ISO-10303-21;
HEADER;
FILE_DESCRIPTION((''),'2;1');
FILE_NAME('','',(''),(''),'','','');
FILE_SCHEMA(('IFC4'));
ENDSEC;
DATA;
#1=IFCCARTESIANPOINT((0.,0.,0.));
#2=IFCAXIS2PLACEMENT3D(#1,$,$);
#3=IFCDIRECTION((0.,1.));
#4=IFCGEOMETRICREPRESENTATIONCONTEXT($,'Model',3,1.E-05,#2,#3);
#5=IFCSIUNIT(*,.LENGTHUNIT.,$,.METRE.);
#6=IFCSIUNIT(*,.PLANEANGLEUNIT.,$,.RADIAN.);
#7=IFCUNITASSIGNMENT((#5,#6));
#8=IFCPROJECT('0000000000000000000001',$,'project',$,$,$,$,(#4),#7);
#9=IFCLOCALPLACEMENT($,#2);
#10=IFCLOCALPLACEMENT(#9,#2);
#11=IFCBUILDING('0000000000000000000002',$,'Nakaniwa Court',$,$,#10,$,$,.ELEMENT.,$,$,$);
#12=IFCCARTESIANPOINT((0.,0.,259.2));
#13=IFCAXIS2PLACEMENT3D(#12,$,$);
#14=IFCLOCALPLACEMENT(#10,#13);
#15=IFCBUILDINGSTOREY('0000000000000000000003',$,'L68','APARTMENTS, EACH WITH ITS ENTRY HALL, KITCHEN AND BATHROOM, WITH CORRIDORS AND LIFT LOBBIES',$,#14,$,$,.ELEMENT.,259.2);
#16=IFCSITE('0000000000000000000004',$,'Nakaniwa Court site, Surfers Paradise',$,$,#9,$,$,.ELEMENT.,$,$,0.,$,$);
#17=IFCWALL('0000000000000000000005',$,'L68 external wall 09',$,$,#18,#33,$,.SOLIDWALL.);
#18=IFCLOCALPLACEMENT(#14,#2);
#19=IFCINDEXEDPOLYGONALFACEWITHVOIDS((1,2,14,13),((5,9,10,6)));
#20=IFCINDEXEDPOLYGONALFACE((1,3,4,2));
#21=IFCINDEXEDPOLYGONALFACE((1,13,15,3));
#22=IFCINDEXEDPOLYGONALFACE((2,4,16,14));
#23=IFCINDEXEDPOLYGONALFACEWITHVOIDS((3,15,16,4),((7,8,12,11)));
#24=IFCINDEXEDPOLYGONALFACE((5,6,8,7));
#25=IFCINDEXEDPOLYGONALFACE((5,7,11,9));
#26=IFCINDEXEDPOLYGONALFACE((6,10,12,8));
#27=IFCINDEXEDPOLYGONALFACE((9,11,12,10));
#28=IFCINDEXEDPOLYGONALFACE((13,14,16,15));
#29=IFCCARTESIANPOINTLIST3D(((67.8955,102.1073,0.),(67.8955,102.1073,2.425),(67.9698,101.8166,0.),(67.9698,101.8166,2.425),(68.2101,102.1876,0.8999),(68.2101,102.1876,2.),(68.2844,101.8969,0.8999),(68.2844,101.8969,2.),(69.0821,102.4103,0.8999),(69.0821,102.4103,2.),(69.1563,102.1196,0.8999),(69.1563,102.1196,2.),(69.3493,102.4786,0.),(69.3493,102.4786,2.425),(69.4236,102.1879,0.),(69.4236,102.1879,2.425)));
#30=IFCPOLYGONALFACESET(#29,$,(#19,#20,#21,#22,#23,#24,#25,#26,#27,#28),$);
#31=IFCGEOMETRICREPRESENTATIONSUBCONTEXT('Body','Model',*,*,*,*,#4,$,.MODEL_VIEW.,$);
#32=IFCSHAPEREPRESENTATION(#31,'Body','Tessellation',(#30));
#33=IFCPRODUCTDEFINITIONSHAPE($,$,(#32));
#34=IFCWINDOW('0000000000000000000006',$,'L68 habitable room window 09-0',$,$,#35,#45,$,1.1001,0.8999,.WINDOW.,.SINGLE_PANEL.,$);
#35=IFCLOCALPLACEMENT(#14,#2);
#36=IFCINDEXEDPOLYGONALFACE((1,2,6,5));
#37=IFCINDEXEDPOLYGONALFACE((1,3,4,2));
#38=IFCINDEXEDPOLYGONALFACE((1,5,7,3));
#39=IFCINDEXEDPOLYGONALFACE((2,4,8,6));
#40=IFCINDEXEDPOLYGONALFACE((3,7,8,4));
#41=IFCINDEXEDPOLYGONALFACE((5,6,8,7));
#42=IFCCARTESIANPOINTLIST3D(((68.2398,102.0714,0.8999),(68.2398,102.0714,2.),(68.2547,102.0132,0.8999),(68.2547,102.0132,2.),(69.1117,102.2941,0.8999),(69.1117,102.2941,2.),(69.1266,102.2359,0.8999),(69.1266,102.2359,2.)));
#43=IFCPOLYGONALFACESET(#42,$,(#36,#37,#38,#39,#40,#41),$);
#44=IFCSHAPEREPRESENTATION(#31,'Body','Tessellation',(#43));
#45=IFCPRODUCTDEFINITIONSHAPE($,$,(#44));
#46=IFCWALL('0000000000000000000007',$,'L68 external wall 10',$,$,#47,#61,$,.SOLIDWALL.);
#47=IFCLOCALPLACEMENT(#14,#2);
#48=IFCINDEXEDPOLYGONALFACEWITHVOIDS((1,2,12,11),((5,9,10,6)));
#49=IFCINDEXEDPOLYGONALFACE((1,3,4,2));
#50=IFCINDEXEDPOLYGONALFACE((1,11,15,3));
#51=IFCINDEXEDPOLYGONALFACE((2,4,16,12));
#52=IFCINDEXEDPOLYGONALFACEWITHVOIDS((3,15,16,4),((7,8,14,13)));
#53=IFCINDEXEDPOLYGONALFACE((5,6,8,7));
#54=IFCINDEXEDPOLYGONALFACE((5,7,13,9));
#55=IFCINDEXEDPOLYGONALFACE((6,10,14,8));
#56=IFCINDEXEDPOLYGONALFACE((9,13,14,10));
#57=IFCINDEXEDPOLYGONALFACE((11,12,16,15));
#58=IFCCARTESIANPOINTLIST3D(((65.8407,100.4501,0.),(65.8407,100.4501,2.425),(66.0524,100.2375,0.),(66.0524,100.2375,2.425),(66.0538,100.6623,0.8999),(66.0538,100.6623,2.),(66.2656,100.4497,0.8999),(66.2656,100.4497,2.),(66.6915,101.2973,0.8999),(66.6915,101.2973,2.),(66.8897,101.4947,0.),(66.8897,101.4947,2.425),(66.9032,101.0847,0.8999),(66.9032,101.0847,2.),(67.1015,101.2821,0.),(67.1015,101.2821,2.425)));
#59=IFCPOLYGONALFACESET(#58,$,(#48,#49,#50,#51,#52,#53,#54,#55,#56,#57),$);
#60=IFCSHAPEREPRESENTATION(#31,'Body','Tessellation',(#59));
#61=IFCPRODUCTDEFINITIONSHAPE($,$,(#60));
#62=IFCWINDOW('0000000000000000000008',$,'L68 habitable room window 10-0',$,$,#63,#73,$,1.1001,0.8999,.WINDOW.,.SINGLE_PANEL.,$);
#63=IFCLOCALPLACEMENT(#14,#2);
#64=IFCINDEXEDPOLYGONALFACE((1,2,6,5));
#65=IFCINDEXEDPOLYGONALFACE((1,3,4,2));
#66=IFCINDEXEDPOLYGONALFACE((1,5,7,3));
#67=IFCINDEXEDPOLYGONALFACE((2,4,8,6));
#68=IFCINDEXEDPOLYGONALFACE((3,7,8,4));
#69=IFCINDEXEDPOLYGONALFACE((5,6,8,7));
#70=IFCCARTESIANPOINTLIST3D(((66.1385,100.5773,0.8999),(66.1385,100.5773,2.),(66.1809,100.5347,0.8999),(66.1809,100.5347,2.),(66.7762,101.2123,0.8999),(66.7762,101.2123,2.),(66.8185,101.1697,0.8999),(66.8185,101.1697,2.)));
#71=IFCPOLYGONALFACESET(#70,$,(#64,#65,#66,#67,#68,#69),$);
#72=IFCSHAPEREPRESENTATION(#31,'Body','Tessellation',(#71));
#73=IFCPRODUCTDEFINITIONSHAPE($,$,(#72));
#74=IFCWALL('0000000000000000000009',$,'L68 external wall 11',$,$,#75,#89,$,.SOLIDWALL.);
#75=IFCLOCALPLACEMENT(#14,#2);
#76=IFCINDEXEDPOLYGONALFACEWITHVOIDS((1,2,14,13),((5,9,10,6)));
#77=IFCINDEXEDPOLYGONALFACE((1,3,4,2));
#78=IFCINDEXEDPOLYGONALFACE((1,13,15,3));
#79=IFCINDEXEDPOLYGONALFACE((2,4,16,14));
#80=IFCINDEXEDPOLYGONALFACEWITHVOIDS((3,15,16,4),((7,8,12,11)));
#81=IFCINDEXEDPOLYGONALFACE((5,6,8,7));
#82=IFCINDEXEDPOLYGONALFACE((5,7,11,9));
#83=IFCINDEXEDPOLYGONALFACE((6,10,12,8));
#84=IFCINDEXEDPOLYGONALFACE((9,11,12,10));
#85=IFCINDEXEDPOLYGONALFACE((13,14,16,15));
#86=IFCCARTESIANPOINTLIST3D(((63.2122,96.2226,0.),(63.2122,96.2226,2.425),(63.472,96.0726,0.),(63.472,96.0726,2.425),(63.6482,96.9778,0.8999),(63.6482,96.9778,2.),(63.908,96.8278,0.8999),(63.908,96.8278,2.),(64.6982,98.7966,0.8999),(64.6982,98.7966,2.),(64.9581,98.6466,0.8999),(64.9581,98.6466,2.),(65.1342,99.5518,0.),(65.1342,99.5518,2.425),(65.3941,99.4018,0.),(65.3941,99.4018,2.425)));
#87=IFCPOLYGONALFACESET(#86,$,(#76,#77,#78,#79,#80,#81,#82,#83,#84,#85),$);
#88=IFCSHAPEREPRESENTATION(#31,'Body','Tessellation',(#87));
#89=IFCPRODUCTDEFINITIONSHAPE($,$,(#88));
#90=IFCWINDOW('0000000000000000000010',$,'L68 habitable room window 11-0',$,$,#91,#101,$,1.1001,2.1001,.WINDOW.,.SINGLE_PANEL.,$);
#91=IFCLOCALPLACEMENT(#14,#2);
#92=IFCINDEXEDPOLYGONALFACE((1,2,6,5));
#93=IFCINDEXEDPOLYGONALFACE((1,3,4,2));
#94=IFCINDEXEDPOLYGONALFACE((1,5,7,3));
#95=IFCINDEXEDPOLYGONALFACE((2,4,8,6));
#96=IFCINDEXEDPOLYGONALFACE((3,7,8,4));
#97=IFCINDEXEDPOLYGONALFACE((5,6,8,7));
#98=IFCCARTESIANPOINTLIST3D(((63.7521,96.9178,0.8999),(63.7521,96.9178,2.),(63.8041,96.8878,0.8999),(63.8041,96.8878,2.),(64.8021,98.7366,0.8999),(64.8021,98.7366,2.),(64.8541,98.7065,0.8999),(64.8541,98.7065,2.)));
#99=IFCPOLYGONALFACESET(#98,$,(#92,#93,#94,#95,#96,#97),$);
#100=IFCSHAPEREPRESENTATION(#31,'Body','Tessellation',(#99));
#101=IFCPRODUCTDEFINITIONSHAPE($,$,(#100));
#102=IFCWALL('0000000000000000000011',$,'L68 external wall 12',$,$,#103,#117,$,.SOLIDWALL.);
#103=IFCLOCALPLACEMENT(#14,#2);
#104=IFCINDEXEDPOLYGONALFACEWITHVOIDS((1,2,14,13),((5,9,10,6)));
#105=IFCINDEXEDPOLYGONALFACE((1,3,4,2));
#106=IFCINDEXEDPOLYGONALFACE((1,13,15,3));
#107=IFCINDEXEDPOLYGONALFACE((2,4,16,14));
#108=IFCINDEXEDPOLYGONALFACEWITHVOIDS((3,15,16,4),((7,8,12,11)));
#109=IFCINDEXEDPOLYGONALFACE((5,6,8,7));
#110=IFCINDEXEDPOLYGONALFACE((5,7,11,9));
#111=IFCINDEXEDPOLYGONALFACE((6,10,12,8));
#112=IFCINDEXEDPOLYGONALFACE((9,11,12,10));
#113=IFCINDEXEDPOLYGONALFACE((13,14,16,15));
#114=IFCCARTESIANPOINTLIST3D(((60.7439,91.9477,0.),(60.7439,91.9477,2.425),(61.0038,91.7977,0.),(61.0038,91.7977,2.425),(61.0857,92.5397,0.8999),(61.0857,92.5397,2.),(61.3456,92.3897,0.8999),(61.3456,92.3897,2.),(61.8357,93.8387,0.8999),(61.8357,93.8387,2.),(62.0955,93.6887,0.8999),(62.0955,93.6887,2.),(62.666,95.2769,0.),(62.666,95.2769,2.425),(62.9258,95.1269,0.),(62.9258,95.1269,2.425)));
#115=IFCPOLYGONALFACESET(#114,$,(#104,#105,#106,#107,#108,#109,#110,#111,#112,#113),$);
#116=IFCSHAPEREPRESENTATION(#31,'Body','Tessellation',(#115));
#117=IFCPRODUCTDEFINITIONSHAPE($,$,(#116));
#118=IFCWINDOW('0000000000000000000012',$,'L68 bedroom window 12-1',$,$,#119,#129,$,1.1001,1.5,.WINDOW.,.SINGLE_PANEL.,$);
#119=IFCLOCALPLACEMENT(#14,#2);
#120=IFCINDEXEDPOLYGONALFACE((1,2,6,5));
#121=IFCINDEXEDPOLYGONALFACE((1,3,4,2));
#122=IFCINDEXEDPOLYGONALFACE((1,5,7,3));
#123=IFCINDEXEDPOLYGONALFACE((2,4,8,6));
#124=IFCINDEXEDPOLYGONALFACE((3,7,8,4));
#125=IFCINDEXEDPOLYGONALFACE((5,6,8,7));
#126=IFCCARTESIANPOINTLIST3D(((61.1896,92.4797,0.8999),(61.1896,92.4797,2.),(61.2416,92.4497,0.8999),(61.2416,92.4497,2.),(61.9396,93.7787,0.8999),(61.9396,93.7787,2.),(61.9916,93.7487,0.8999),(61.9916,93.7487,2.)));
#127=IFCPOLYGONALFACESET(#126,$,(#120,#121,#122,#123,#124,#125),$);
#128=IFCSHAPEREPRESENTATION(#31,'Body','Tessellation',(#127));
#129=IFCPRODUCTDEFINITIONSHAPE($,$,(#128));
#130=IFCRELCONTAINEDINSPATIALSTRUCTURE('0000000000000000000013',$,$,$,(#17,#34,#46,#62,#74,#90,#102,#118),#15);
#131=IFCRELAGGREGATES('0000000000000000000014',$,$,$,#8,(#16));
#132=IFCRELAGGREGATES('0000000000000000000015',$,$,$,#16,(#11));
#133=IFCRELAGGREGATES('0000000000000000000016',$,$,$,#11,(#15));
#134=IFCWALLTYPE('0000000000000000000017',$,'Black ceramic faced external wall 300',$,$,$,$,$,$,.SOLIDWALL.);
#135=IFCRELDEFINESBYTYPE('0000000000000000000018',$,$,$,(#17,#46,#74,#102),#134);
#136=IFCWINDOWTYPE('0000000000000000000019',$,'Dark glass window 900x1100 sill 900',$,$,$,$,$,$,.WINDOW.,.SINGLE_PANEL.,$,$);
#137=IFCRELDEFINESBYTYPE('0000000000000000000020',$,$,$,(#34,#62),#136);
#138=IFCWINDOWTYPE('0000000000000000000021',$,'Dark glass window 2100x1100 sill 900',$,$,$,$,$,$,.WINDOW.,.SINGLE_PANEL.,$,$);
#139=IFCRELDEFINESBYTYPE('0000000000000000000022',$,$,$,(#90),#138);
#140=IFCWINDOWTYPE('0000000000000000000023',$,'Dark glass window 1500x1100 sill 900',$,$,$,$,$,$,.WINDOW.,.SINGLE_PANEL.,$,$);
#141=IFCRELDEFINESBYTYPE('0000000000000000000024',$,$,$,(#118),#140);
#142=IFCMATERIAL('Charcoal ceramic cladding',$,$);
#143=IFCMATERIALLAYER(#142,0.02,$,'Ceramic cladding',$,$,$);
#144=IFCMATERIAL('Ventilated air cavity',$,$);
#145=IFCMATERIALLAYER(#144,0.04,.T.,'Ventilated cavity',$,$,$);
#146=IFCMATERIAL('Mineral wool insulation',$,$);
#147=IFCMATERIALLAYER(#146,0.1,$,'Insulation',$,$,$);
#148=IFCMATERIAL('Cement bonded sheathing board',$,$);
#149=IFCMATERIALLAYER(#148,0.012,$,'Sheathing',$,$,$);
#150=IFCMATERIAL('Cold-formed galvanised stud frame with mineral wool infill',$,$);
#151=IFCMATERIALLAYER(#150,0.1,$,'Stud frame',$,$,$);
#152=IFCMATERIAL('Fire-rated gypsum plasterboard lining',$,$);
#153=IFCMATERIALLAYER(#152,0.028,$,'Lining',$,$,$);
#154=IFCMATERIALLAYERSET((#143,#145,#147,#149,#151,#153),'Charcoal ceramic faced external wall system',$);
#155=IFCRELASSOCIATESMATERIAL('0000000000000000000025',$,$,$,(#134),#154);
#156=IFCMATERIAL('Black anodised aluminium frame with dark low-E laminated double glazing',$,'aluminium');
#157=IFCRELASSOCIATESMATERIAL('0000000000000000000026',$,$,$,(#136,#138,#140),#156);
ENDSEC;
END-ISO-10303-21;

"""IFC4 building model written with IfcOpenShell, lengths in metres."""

from ifc_helpers import new_model, si_unit, direction, frame, frame_2d, origin, place, context, subcontext, project, spatial, rectangle, extrude, material, layer, layer_set, type_object, element, fill, save


model = new_model("IFC4")

# Units and contexts
model_context = context("Model", 3, precision=1e-05, world=origin(), true_north=direction((0.0, 1.0)))
body_context = subcontext(model_context, "Body", "Model", "MODEL_VIEW")
ifc_project = project(units=[si_unit("LENGTHUNIT", "METRE"), si_unit("PLANEANGLEUNIT", "RADIAN")], contexts=[model_context])

# Site, building, storey
site_placement = place(None, origin())
site = spatial("IfcSite", under=ifc_project, at=site_placement, Name="Nakaniwa Court site, Surfers Paradise", CompositionType="ELEMENT", RefElevation=0.0)
building_placement = place(site_placement, origin())
building = spatial("IfcBuilding", under=site, at=building_placement, Name="Nakaniwa Court", CompositionType="ELEMENT")
storey_placement = place(building_placement, frame((0.0, 0.0, 259.2)))
storey = spatial("IfcBuildingStorey", under=building, at=storey_placement, Name="L68", Description="APARTMENTS, EACH WITH ITS ENTRY HALL, KITCHEN AND BATHROOM, WITH CORRIDORS AND LIFT LOBBIES", CompositionType="ELEMENT", Elevation=259.2)

# Walls, openings, windows
ifc_material_1 = material(Name="Charcoal ceramic cladding")
ifc_layer_1 = layer(ifc_material_1, 0.02, Name="Ceramic cladding")
ifc_material_2 = material(Name="Ventilated air cavity")
ifc_layer_2 = layer(ifc_material_2, 0.04, ventilated=True, Name="Ventilated cavity")
ifc_material_3 = material(Name="Mineral wool insulation")
ifc_layer_3 = layer(ifc_material_3, 0.1, Name="Insulation")
ifc_material_4 = material(Name="Cement bonded sheathing board")
ifc_layer_4 = layer(ifc_material_4, 0.012, Name="Sheathing")
ifc_material_5 = material(Name="Cold-formed galvanised stud frame with mineral wool infill")
ifc_layer_5 = layer(ifc_material_5, 0.1, Name="Stud frame")
ifc_material_6 = material(Name="Fire-rated gypsum plasterboard lining")
ifc_layer_6 = layer(ifc_material_6, 0.028, Name="Lining")
ifc_layer_set_1 = layer_set([ifc_layer_1, ifc_layer_2, ifc_layer_3, ifc_layer_4, ifc_layer_5, ifc_layer_6], Name="Charcoal ceramic faced external wall system")
wall_type_1 = type_object("IfcWallType", Name="Black ceramic faced external wall 300", PredefinedType="SOLIDWALL", material=ifc_layer_set_1)
wall_1_placement = place(storey_placement, frame((69.3865, 102.3333, 0.0), z_axis=(0.0, 0.0, 1.0), x_axis=(-0.968895, -0.247471, 0.0)))
wall_1 = element("IfcWall", 1, at=wall_1_placement, inside=storey, type_object=wall_type_1, Name="L68 external wall 09", PredefinedType="SOLIDWALL", context=body_context, shape_type="SweptSolid", body=[
    extrude(rectangle(XDim=1.5005, YDim=0.3, at=frame_2d((0.7502, 0.0))), origin(), (0.0, 0.0, 1.0), 2.425),
])
opening_1_placement = place(wall_1_placement, frame((0.2759, 0.0, 0.8999)))
opening_1 = element("IfcOpeningElement", 2, at=opening_1_placement, cuts=wall_1, PredefinedType="OPENING", context=body_context, shape_type="SweptSolid", body=[
    extrude(rectangle(XDim=0.8999, YDim=1.1001, at=frame_2d((0.45, 0.55))), frame((0.0, 0.1599, 0.0), z_axis=(0.0, -1.0, 0.0), x_axis=(1.0, 0.0, 0.0)), (0.0, 0.0, 1.0), 0.3201),
])
ifc_material_7 = material(Name="Black anodised aluminium frame with dark low-E laminated double glazing", Category="aluminium")
window_type_1 = type_object("IfcWindowType", Name="Dark glass window 900x1100 sill 900", PartitioningType="SINGLE_PANEL", PredefinedType="WINDOW", material=ifc_material_7)
window_1_placement = place(opening_1_placement, origin())
window_1 = element("IfcWindow", 3, at=window_1_placement, inside=storey, type_object=window_type_1, Name="L68 habitable room window 09-0", OverallHeight=1.1001, OverallWidth=0.8999, PartitioningType="SINGLE_PANEL", PredefinedType="WINDOW", context=body_context, shape_type="SweptSolid", body=[
    extrude(rectangle(XDim=0.8999, YDim=1.1001, at=frame_2d((0.45, 0.55))), frame((0.0, 0.03, 0.0), z_axis=(0.0, -1.0, 0.0), x_axis=(1.0, 0.0, 0.0)), (0.0, 0.0, 1.0), 0.0601),
])
fill(opening_1, window_1)
wall_2_placement = place(storey_placement, frame((66.9956, 101.3884, 0.0), z_axis=(0.0, 0.0, 1.0), x_axis=(-0.708589, -0.705621, 0.0)))
wall_2 = element("IfcWall", 4, at=wall_2_placement, inside=storey, type_object=wall_type_1, Name="L68 external wall 10", PredefinedType="SOLIDWALL", context=body_context, shape_type="SweptSolid", body=[
    extrude(rectangle(XDim=1.4805, YDim=0.3, at=frame_2d((0.7402, 0.0))), origin(), (0.0, 0.0, 1.0), 2.425),
])
opening_2_placement = place(wall_2_placement, frame((0.2798, 0.0, 0.8999)))
opening_2 = element("IfcOpeningElement", 5, at=opening_2_placement, cuts=wall_2, PredefinedType="OPENING", context=body_context, shape_type="SweptSolid", body=[
    extrude(rectangle(XDim=0.8999, YDim=1.1001, at=frame_2d((0.45, 0.55))), frame((0.0, 0.1599, 0.0), z_axis=(0.0, -1.0, 0.0), x_axis=(1.0, 0.0, 0.0)), (0.0, 0.0, 1.0), 0.3201),
])
window_2_placement = place(opening_2_placement, origin())
window_2 = element("IfcWindow", 6, at=window_2_placement, inside=storey, type_object=window_type_1, Name="L68 habitable room window 10-0", OverallHeight=1.1001, OverallWidth=0.8999, PartitioningType="SINGLE_PANEL", PredefinedType="WINDOW", context=body_context, shape_type="SweptSolid", body=[
    extrude(rectangle(XDim=0.8999, YDim=1.1001, at=frame_2d((0.45, 0.55))), frame((0.0, 0.03, 0.0), z_axis=(0.0, -1.0, 0.0), x_axis=(1.0, 0.0, 0.0)), (0.0, 0.0, 1.0), 0.0601),
])
fill(opening_2, window_2)
wall_3_placement = place(storey_placement, frame((65.2642, 99.4768, 0.0), z_axis=(0.0, 0.0, 1.0), x_axis=(-0.499984, -0.866034, 0.0)))
wall_3 = element("IfcWall", 7, at=wall_3_placement, inside=storey, type_object=wall_type_1, Name="L68 external wall 11", PredefinedType="SOLIDWALL", context=body_context, shape_type="SweptSolid", body=[
    extrude(rectangle(XDim=3.8442, YDim=0.3, at=frame_2d((1.9221, 0.0))), origin(), (0.0, 0.0, 1.0), 2.425),
])
opening_3_placement = place(wall_3_placement, frame((0.8721, 0.0, 0.8999)))
opening_3 = element("IfcOpeningElement", 8, at=opening_3_placement, cuts=wall_3, PredefinedType="OPENING", context=body_context, shape_type="SweptSolid", body=[
    extrude(rectangle(XDim=2.1001, YDim=1.1001, at=frame_2d((1.05, 0.55))), frame((0.0, 0.1599, 0.0), z_axis=(0.0, -1.0, 0.0), x_axis=(1.0, 0.0, 0.0)), (0.0, 0.0, 1.0), 0.3201),
])
window_type_2 = type_object("IfcWindowType", Name="Dark glass window 2100x1100 sill 900", PartitioningType="SINGLE_PANEL", PredefinedType="WINDOW", material=ifc_material_7)
window_3_placement = place(opening_3_placement, origin())
window_3 = element("IfcWindow", 9, at=window_3_placement, inside=storey, type_object=window_type_2, Name="L68 habitable room window 11-0", OverallHeight=1.1001, OverallWidth=2.1001, PartitioningType="SINGLE_PANEL", PredefinedType="WINDOW", context=body_context, shape_type="SweptSolid", body=[
    extrude(rectangle(XDim=2.1001, YDim=1.1001, at=frame_2d((1.05, 0.55))), frame((0.0, 0.03, 0.0), z_axis=(0.0, -1.0, 0.0), x_axis=(1.0, 0.0, 0.0)), (0.0, 0.0, 1.0), 0.0601),
])
fill(opening_3, window_3)
wall_4_placement = place(storey_placement, frame((62.7959, 95.2019, 0.0), z_axis=(0.0, 0.0, 1.0), x_axis=(-0.499984, -0.866034, 0.0)))
wall_4 = element("IfcWall", 10, at=wall_4_placement, inside=storey, type_object=wall_type_1, Name="L68 external wall 12", PredefinedType="SOLIDWALL", context=body_context, shape_type="SweptSolid", body=[
    extrude(rectangle(XDim=3.8442, YDim=0.3, at=frame_2d((1.9221, 0.0))), origin(), (0.0, 0.0, 1.0), 2.425),
])
opening_4_placement = place(wall_4_placement, frame((1.6606, 0.0, 0.8999)))
opening_4 = element("IfcOpeningElement", 11, at=opening_4_placement, cuts=wall_4, PredefinedType="OPENING", context=body_context, shape_type="SweptSolid", body=[
    extrude(rectangle(XDim=1.5, YDim=1.1001, at=frame_2d((0.75, 0.55))), frame((0.0, 0.1599, 0.0), z_axis=(0.0, -1.0, 0.0), x_axis=(1.0, 0.0, 0.0)), (0.0, 0.0, 1.0), 0.3201),
])
window_type_3 = type_object("IfcWindowType", Name="Dark glass window 1500x1100 sill 900", PartitioningType="SINGLE_PANEL", PredefinedType="WINDOW", material=ifc_material_7)
window_4_placement = place(opening_4_placement, origin())
window_4 = element("IfcWindow", 12, at=window_4_placement, inside=storey, type_object=window_type_3, Name="L68 bedroom window 12-1", OverallHeight=1.1001, OverallWidth=1.5, PartitioningType="SINGLE_PANEL", PredefinedType="WINDOW", context=body_context, shape_type="SweptSolid", body=[
    extrude(rectangle(XDim=1.5, YDim=1.1001, at=frame_2d((0.75, 0.55))), frame((0.0, 0.03, 0.0), z_axis=(0.0, -1.0, 0.0), x_axis=(1.0, 0.0, 0.0)), (0.0, 0.0, 1.0), 0.0601),
])
fill(opening_4, window_4)

save(model, "model.ifc")
